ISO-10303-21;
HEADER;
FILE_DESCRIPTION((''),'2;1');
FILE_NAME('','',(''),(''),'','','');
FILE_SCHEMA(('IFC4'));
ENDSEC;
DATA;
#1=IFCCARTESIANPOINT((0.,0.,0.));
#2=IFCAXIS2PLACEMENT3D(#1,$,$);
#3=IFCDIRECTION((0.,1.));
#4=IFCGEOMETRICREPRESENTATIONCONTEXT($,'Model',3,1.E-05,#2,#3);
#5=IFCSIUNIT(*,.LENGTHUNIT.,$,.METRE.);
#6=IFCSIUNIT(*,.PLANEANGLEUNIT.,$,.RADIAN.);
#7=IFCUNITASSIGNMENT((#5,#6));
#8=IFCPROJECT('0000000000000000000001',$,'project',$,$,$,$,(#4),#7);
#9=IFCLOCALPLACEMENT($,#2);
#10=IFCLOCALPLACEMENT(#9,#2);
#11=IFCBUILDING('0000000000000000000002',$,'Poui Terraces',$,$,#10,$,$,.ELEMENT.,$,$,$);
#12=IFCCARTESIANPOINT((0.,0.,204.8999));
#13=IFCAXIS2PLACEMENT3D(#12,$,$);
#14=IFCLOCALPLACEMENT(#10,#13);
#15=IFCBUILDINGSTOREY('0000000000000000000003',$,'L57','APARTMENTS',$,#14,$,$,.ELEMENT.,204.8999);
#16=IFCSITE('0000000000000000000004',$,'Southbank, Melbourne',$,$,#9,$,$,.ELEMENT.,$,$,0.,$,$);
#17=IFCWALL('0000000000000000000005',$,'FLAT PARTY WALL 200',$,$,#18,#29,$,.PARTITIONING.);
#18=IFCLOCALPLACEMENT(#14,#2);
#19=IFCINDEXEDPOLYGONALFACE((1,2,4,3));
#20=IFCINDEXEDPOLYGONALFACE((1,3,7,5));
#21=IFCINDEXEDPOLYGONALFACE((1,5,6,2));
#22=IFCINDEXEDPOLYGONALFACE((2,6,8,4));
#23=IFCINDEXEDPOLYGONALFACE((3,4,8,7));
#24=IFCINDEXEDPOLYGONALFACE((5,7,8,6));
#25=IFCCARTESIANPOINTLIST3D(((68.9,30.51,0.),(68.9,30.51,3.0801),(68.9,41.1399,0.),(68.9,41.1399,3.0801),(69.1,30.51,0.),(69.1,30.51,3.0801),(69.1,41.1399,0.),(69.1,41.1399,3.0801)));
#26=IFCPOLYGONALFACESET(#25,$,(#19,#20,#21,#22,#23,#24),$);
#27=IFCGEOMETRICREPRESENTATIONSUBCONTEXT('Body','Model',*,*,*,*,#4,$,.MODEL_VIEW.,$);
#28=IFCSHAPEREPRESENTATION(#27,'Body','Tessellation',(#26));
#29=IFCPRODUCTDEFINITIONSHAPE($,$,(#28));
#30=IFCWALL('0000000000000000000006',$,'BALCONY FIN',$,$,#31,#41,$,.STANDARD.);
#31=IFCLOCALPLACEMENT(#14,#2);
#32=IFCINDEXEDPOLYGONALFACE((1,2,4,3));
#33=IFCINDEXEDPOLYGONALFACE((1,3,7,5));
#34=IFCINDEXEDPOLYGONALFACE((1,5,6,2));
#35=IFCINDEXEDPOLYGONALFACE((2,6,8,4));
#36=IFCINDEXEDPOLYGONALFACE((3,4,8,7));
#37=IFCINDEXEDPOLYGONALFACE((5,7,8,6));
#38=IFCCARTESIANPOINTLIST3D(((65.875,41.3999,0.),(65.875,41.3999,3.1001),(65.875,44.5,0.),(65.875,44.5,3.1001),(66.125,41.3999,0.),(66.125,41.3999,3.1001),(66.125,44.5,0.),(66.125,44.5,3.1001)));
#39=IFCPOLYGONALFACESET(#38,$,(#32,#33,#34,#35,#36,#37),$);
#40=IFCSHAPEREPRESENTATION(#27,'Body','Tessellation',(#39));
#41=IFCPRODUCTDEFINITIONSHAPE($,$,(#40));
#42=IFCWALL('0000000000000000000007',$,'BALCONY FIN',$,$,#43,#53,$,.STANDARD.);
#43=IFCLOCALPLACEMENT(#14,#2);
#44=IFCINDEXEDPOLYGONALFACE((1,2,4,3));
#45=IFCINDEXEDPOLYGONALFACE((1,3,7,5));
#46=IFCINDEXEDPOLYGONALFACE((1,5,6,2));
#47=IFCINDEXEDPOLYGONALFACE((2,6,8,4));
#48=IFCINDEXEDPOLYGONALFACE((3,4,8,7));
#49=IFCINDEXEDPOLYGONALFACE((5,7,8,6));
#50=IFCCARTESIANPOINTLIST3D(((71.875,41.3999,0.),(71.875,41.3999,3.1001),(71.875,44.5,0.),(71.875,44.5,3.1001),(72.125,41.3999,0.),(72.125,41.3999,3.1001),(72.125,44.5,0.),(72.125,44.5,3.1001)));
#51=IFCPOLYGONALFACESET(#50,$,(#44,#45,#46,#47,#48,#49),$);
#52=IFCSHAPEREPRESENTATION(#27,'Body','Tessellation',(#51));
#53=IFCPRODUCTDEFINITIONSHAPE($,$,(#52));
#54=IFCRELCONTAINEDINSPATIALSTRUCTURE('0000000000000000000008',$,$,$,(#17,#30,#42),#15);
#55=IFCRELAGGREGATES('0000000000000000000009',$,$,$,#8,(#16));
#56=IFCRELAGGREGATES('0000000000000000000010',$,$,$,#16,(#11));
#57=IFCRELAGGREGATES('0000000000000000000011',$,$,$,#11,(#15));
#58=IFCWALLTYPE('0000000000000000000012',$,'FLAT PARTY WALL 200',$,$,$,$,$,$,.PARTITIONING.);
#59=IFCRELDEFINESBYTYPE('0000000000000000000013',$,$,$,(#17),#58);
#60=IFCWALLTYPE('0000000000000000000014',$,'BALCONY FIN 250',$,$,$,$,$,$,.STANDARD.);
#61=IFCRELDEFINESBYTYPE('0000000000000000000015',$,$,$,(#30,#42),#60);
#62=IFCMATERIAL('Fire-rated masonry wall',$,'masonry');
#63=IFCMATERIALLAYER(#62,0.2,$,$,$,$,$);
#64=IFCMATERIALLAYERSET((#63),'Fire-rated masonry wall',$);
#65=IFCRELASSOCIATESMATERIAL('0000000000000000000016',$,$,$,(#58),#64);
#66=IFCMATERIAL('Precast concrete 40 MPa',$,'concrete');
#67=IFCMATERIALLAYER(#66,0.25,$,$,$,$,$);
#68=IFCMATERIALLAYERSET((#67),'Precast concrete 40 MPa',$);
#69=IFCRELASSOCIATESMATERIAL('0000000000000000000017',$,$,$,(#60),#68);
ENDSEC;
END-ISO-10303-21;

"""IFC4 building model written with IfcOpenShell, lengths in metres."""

from ifc_helpers import new_model, si_unit, direction, frame, frame_2d, origin, place, context, subcontext, project, spatial, polyline, rectangle, outline, extrude, source, transform, mapped, material, layer, layer_set, type_object, element, save


model = new_model("IFC4")

# Units and contexts
model_context = context("Model", 3, precision=1e-05, world=origin(), true_north=direction((0.0, 1.0)))
body_context = subcontext(model_context, "Body", "Model", "MODEL_VIEW")
ifc_project = project(units=[si_unit("LENGTHUNIT", "METRE"), si_unit("PLANEANGLEUNIT", "RADIAN")], contexts=[model_context])

# Site, building, storey
site_placement = place(None, origin())
site = spatial("IfcSite", under=ifc_project, at=site_placement, Name="Southbank, Melbourne", CompositionType="ELEMENT", RefElevation=0.0)
building_placement = place(site_placement, origin())
building = spatial("IfcBuilding", under=site, at=building_placement, Name="Poui Terraces", CompositionType="ELEMENT")
storey_placement = place(building_placement, frame((0.0, 0.0, 204.8999)))
storey = spatial("IfcBuildingStorey", under=building, at=storey_placement, Name="L57", Description="APARTMENTS", CompositionType="ELEMENT", Elevation=204.8999)

# Walls
ifc_material_1 = material(Name="Fire-rated masonry wall", Category="masonry")
ifc_layer_1 = layer(ifc_material_1, 0.2)
ifc_layer_set_1 = layer_set([ifc_layer_1], Name="Fire-rated masonry wall")
wall_type_1 = type_object("IfcWallType", Name="FLAT PARTY WALL 200", PredefinedType="PARTITIONING", material=ifc_layer_set_1)
wall_1_placement = place(storey_placement, frame((69.0, 30.51, 0.0), z_axis=(0.0, 0.0, 1.0), x_axis=(0.0, 1.0, 0.0)))
element("IfcWall", 1, at=wall_1_placement, inside=storey, type_object=wall_type_1, Name="FLAT PARTY WALL 200", PredefinedType="PARTITIONING", context=body_context, shape_type="SweptSolid", body=[
    extrude(rectangle(XDim=10.6299, YDim=0.2, at=frame_2d((5.3149, 0.0))), origin(), (0.0, 0.0, 1.0), 3.0801),
])
ifc_material_2 = material(Name="Precast concrete 40 MPa", Category="concrete")
ifc_layer_2 = layer(ifc_material_2, 0.25)
ifc_layer_set_2 = layer_set([ifc_layer_2], Name="Precast concrete 40 MPa")
wall_type_2 = type_object("IfcWallType", Name="BALCONY FIN 250", PredefinedType="STANDARD", material=ifc_layer_set_2)
shared_shape_1 = source(origin(), body_context, "Body", "SweptSolid", [
    extrude(outline(polyline([(0.0, 0.0), (0.25, 0.0), (0.25, 3.1001), (0.0, 3.1001), (0.0, 0.0)])), origin(), (0.0, 0.0, 1.0), 3.1001),
])
for number, where, name in (
    (2, (65.875, 41.3999, 0.0), "BALCONY FIN"),
    (3, (71.875, 41.3999, 0.0), "BALCONY FIN"),
):
    element("IfcWall", number, at=place(storey_placement, frame(where)), inside=storey, type_object=wall_type_2, Name=name, PredefinedType="STANDARD", context=body_context, shape_type="MappedRepresentation", body=[
        mapped(shared_shape_1, transform((0.0, 0.0, 0.0))),
    ])

save(model, "model.ifc")
